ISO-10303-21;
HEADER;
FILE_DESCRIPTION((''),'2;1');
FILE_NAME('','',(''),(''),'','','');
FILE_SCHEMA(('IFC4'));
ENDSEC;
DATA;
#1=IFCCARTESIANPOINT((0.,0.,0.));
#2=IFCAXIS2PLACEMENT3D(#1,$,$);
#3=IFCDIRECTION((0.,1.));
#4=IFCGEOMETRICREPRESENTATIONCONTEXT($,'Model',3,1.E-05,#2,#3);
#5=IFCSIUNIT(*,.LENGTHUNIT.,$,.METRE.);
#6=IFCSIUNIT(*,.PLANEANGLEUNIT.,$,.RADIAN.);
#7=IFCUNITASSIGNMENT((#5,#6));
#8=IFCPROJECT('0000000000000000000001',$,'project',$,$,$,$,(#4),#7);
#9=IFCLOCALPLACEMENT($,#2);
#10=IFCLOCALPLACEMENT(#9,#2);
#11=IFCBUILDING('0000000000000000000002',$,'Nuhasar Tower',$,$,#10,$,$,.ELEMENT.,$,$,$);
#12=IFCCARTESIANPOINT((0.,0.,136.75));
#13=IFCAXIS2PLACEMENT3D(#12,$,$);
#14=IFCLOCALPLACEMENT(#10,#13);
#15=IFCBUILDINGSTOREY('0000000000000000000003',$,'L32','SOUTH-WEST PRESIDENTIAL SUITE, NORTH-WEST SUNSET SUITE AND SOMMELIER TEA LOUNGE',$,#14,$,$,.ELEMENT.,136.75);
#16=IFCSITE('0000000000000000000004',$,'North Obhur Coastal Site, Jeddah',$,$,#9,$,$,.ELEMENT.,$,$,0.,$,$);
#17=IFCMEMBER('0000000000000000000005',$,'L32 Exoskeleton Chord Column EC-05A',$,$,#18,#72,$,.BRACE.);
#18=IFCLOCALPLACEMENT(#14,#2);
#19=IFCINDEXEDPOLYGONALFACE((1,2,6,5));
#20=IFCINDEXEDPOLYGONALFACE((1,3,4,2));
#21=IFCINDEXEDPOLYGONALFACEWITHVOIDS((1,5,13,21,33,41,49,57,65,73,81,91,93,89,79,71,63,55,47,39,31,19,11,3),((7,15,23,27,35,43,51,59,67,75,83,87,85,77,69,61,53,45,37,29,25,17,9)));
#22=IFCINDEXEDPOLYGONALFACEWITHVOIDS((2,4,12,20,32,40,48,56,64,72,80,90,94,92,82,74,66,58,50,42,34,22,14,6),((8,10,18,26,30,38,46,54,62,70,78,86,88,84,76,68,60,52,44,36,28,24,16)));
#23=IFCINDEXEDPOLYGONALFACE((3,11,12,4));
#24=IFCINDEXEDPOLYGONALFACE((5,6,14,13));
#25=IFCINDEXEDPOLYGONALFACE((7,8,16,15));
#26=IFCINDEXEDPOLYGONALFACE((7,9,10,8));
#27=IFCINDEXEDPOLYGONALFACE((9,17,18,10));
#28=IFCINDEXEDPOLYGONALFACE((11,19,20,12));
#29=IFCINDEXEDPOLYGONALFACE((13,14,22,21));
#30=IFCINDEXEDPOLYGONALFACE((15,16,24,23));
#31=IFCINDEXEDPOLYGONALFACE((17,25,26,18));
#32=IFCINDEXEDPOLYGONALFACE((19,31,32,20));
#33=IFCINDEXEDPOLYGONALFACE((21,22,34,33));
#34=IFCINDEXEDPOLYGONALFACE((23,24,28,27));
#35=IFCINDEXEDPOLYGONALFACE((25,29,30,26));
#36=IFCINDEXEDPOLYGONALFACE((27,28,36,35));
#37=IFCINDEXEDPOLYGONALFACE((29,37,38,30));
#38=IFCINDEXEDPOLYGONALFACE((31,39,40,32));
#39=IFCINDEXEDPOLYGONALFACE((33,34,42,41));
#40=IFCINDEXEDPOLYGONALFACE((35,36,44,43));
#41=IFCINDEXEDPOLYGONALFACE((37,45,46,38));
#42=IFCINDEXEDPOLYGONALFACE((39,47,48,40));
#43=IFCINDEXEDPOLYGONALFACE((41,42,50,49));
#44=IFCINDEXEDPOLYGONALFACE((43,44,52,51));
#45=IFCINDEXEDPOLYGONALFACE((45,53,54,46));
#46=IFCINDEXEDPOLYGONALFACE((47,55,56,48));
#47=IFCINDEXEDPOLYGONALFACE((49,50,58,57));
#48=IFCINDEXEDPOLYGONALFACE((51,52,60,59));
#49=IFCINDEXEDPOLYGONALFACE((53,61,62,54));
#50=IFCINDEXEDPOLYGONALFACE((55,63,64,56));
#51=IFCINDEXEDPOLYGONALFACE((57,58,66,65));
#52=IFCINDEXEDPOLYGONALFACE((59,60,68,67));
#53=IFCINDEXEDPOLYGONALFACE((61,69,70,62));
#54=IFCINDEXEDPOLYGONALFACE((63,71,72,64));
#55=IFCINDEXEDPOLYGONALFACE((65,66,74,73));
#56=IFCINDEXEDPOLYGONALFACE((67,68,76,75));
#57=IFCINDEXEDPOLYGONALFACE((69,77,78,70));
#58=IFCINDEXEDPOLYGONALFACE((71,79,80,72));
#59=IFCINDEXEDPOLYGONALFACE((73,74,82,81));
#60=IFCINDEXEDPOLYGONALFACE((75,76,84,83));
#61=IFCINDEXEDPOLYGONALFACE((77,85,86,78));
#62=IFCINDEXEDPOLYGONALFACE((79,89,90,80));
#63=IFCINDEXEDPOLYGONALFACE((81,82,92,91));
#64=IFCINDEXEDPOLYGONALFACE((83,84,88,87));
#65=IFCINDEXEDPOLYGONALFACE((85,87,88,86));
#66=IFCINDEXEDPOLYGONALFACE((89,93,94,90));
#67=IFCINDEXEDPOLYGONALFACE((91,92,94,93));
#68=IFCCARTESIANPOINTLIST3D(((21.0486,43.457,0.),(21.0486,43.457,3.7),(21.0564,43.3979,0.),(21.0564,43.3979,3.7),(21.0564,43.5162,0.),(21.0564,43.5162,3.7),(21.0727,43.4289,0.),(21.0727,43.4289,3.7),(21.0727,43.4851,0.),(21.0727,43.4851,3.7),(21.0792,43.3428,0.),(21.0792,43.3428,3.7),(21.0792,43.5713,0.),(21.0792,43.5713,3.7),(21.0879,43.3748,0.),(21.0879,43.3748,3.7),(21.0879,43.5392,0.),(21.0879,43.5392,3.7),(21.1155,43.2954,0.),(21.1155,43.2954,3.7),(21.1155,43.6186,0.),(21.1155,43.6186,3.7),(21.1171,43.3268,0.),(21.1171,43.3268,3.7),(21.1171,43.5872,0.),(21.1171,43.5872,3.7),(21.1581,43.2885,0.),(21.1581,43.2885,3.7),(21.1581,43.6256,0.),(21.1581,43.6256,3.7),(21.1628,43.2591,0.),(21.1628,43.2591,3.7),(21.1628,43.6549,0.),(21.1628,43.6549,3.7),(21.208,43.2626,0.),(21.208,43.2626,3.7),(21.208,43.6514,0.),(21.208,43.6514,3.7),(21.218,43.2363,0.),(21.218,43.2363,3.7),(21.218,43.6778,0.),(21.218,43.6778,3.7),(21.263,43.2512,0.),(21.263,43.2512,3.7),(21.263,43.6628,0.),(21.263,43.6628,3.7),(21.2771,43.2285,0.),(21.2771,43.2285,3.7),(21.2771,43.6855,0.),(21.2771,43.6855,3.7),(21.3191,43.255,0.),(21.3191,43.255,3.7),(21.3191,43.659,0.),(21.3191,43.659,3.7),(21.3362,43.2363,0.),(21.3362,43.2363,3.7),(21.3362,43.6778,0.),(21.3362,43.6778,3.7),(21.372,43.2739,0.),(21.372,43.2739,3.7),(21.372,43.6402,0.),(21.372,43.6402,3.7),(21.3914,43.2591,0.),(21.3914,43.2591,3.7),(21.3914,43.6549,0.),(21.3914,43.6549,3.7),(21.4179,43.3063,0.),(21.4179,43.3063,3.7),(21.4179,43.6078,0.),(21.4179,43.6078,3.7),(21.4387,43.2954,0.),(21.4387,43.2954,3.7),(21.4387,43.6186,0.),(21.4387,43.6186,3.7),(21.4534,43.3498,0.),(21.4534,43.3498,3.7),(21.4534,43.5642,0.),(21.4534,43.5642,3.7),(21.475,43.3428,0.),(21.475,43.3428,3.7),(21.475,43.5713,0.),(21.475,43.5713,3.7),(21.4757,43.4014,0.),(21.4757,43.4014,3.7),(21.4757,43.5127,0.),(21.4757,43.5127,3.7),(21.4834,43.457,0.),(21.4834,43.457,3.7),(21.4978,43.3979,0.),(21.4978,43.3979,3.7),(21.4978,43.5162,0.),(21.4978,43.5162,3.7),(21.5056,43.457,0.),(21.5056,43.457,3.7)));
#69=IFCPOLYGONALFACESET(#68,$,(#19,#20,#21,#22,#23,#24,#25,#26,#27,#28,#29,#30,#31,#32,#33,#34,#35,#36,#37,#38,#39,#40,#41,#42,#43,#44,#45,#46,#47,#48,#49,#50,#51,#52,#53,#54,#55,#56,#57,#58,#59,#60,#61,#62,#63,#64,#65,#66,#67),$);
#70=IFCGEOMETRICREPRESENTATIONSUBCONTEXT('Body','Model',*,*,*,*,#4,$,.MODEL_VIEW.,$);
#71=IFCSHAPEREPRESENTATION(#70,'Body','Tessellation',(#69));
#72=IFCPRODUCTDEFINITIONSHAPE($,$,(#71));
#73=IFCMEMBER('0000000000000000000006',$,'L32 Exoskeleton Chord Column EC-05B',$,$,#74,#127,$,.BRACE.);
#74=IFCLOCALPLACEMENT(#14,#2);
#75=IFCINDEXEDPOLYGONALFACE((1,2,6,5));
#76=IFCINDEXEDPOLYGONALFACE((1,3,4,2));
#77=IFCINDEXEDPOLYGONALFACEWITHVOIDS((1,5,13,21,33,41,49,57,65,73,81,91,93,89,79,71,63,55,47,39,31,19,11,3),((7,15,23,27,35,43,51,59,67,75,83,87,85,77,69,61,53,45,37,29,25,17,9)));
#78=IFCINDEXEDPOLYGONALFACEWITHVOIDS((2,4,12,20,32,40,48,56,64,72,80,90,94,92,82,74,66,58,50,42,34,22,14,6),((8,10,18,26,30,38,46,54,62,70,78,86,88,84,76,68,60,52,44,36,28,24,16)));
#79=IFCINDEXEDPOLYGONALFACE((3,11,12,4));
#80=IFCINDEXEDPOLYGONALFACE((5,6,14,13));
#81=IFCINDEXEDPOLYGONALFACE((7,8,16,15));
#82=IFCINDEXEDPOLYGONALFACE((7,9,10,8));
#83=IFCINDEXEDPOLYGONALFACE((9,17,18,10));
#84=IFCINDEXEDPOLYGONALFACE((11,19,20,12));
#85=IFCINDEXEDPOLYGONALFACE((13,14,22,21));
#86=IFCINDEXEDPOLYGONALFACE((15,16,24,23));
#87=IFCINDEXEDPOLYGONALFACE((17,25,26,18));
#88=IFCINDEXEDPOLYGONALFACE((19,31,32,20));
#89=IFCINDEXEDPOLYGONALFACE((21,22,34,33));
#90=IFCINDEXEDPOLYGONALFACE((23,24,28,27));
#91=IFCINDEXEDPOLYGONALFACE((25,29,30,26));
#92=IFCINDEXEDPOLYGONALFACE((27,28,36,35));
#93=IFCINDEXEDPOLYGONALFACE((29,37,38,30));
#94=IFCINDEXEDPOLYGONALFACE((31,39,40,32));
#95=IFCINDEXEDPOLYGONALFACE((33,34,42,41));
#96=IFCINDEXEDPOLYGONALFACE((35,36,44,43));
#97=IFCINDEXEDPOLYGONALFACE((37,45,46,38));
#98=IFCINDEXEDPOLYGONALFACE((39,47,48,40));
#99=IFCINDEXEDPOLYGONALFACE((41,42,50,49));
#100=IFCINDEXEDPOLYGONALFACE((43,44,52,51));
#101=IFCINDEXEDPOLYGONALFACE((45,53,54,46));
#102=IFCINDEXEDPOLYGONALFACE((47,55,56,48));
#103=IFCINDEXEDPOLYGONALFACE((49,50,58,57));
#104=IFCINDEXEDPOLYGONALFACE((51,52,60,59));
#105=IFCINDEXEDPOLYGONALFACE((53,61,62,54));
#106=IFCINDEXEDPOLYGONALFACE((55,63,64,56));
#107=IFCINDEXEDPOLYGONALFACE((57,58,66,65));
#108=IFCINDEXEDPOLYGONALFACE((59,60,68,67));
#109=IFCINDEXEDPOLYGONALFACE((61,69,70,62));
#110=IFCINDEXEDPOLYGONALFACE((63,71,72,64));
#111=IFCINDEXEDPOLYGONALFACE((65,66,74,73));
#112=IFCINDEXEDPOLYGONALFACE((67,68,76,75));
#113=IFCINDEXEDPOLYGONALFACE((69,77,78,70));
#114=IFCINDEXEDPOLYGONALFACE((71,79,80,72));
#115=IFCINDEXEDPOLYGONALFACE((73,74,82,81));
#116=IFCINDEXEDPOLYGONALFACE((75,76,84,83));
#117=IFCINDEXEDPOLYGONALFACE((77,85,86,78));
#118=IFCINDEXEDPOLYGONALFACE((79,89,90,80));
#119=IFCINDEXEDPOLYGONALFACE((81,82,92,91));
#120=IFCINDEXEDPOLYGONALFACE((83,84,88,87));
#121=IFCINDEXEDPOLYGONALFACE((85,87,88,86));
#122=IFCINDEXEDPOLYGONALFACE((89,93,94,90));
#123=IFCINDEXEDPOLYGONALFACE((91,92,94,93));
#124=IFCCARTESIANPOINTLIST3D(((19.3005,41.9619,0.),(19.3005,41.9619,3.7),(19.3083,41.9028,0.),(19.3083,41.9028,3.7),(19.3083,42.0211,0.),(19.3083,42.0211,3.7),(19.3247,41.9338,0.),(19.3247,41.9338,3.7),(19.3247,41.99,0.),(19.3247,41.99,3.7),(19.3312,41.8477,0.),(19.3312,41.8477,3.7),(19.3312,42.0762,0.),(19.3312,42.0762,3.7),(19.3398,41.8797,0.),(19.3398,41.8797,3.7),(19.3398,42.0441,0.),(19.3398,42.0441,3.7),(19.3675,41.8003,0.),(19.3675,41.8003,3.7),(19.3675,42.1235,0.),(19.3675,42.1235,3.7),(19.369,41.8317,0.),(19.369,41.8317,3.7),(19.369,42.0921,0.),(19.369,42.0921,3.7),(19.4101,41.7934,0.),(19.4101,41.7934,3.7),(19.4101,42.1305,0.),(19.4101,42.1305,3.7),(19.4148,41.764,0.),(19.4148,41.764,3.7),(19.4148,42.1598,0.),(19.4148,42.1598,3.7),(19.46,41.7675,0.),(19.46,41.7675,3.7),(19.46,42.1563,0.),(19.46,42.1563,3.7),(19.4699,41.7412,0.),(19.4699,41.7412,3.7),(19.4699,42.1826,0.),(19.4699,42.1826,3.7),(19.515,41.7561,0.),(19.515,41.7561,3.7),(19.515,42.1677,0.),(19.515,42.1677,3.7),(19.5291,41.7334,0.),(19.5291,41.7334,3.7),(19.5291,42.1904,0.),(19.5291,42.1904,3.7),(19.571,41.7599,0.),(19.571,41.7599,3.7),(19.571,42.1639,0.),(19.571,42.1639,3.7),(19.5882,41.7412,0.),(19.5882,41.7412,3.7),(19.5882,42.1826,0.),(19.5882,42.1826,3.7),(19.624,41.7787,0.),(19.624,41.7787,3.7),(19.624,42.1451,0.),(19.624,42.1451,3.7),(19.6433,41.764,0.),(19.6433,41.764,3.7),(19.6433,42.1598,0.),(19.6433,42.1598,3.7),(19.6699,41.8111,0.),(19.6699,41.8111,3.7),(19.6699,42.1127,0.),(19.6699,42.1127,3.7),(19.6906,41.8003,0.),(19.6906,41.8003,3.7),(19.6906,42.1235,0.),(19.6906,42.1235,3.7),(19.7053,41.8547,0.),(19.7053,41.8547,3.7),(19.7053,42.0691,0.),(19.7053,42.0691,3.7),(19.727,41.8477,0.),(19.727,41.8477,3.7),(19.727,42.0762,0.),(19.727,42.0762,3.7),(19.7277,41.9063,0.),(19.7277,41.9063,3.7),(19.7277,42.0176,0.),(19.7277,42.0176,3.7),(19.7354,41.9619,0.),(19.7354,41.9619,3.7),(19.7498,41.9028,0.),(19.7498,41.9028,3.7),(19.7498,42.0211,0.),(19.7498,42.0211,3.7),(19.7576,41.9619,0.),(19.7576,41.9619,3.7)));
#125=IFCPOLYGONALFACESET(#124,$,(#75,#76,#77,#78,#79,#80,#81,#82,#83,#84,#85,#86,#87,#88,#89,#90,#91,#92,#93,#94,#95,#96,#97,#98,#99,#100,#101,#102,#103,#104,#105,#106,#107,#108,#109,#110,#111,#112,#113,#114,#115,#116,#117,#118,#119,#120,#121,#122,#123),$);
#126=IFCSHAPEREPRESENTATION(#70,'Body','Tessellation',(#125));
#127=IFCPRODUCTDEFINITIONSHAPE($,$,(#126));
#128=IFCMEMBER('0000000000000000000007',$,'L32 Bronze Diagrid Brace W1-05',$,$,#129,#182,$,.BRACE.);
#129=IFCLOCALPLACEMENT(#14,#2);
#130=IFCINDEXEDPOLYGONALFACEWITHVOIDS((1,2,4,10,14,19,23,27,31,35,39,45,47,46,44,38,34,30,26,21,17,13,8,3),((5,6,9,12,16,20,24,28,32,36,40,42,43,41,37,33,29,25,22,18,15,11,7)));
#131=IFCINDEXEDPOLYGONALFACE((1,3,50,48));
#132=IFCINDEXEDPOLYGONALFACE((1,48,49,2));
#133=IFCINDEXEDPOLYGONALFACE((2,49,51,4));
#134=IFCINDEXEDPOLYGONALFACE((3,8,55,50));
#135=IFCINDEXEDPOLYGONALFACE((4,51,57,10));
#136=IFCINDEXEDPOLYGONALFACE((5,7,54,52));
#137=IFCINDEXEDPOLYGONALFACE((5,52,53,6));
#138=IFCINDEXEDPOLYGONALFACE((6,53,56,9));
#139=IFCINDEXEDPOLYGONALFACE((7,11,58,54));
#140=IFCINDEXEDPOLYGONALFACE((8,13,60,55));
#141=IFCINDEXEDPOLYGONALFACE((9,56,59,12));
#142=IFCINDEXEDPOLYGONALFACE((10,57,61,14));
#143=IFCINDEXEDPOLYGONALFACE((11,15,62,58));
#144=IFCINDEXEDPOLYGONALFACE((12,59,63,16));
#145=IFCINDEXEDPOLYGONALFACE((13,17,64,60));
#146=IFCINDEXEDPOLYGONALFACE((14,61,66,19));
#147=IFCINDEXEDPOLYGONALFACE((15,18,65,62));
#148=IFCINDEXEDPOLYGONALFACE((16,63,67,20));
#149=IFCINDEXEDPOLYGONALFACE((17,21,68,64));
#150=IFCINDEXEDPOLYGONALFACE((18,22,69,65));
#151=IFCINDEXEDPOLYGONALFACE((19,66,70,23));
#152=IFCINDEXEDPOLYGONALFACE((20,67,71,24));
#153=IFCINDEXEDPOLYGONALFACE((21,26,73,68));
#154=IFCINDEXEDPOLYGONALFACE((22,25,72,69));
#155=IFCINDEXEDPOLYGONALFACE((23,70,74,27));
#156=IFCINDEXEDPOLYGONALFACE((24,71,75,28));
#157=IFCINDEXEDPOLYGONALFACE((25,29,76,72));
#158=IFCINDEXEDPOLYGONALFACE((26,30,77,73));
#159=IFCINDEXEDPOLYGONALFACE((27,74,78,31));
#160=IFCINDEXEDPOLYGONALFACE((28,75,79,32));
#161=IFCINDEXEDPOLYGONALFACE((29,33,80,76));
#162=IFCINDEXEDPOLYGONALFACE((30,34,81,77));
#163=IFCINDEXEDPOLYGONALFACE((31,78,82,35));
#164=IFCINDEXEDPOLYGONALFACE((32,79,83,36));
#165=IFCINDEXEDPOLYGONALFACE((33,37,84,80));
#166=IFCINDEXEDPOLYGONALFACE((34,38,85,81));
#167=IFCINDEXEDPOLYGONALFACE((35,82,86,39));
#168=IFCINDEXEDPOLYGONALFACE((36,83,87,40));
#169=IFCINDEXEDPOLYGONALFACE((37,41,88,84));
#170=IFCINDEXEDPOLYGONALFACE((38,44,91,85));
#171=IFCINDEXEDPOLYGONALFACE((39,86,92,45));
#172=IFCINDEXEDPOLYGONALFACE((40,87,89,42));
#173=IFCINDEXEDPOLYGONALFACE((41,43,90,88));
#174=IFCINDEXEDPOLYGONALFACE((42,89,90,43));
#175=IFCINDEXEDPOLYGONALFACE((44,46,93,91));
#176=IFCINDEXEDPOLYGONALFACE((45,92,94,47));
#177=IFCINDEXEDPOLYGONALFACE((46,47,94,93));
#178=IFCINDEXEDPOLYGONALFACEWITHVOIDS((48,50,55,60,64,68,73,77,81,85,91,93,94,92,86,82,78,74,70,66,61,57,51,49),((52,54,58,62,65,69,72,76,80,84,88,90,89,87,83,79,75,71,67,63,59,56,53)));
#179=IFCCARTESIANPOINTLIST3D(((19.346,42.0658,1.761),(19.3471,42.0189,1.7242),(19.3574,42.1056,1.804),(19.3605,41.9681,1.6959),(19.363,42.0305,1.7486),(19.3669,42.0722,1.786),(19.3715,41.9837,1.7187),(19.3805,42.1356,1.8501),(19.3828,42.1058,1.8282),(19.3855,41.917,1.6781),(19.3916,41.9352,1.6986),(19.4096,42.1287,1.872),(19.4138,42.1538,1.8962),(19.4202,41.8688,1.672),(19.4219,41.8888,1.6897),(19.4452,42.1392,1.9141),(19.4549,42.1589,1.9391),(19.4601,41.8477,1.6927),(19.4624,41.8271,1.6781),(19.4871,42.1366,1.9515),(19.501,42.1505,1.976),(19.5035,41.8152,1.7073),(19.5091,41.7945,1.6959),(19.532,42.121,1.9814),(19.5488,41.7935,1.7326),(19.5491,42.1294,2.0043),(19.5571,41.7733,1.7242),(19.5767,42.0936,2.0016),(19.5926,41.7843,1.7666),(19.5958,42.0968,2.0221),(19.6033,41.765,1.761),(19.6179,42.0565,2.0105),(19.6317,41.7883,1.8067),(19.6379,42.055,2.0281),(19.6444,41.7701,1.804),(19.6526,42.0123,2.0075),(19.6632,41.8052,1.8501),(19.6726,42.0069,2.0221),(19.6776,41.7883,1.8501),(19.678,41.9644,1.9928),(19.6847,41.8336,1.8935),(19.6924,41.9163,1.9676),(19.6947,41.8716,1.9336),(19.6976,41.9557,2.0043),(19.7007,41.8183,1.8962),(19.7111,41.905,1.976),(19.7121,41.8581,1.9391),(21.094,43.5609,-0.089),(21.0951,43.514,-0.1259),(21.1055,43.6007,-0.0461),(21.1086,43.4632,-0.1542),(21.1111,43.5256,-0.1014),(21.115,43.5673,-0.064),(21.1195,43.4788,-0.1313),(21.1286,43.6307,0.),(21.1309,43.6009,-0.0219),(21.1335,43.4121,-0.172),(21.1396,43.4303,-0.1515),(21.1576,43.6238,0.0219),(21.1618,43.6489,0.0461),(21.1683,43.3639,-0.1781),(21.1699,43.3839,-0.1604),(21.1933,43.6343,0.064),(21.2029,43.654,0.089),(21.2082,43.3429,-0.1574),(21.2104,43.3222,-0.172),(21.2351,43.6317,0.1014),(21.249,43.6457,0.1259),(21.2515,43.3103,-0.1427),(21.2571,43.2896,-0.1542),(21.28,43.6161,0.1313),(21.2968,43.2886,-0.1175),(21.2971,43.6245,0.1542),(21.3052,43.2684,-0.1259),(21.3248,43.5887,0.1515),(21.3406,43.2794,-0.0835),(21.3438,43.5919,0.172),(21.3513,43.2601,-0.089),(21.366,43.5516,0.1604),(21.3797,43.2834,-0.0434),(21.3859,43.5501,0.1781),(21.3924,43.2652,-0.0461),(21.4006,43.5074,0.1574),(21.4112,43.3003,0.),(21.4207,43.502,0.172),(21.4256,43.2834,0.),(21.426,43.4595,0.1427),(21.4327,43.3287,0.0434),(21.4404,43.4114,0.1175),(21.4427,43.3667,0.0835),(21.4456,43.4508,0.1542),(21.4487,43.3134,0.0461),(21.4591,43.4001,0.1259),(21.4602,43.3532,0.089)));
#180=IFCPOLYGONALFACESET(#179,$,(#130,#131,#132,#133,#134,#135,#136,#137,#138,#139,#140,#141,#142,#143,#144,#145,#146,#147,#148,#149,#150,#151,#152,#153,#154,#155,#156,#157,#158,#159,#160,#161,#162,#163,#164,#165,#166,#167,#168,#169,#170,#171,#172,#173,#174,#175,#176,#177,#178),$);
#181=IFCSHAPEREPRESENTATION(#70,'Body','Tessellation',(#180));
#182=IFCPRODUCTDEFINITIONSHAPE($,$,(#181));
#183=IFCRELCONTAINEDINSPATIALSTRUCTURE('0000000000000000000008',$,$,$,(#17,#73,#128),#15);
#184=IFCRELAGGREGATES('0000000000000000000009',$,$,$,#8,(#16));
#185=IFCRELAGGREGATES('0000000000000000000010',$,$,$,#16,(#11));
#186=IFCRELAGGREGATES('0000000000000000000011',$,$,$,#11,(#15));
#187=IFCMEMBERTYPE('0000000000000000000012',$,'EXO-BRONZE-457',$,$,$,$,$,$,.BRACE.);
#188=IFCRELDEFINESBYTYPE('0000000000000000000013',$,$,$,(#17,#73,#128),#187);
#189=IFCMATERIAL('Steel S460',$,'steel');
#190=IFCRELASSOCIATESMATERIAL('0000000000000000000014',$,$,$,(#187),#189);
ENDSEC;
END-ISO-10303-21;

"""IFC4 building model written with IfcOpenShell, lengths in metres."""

from ifc_helpers import new_model, si_unit, direction, frame, origin, origin_2d, place, context, subcontext, project, spatial, hollow_circle, extrude, material, material_profile, profile_set, type_object, element, save


model = new_model("IFC4")

# Units and contexts
model_context = context("Model", 3, precision=1e-05, world=origin(), true_north=direction((0.0, 1.0)))
body_context = subcontext(model_context, "Body", "Model", "MODEL_VIEW")
ifc_project = project(units=[si_unit("LENGTHUNIT", "METRE"), si_unit("PLANEANGLEUNIT", "RADIAN")], contexts=[model_context])

# Site, building, storey
site_placement = place(None, origin())
site = spatial("IfcSite", under=ifc_project, at=site_placement, Name="North Obhur Coastal Site, Jeddah", CompositionType="ELEMENT", RefElevation=0.0)
building_placement = place(site_placement, origin())
building = spatial("IfcBuilding", under=site, at=building_placement, Name="Nuhasar Tower", CompositionType="ELEMENT")
storey_placement = place(building_placement, frame((0.0, 0.0, 136.75)))
storey = spatial("IfcBuildingStorey", under=building, at=storey_placement, Name="L32", Description="SOUTH-WEST PRESIDENTIAL SUITE, NORTH-WEST SUNSET SUITE AND SOMMELIER TEA LOUNGE", CompositionType="ELEMENT", Elevation=136.75)

# Members
ifc_material_1 = material(Name="Steel S460", Category="steel")
ifc_material_profile_1 = material_profile(ifc_material_1, hollow_circle(Radius=0.2285, WallThickness=0.0222, at=origin_2d()), Name="HSS457X22.2")
ifc_profile_set_1 = profile_set([ifc_material_profile_1], Name="Steel S460")
member_type_1 = type_object("IfcMemberType", Name="EXO-BRONZE-457", PredefinedType="BRACE", material=ifc_profile_set_1)
for number, where, z_axis, x_axis, name in (
    (1, (21.2771, 43.457, 0.0), (0.0, 0.0, 1.0), (1.0, 0.0, 0.0), "L32 Exoskeleton Chord Column EC-05A"),
    (2, (19.5291, 41.9619, 0.0), (0.0, 0.0, 1.0), (1.0, 0.0, 0.0), "L32 Exoskeleton Chord Column EC-05B"),
):
    element("IfcMember", number, at=place(storey_placement, frame(where, z_axis=z_axis, x_axis=x_axis)), inside=storey, type_object=member_type_1, Name=name, PredefinedType="BRACE", context=body_context, shape_type="SweptSolid", body=[
        extrude(hollow_circle(Radius=0.2285, WallThickness=0.0222, at=origin_2d()), origin(), (0.0, 0.0, 1.0), 3.7),
    ])
member_1_placement = place(storey_placement, frame((21.2771, 43.457, 0.0), z_axis=(-0.59217, -0.506488, 0.626741), x_axis=(0.649987, -0.759945, 0.0)))
element("IfcMember", 3, at=member_1_placement, inside=storey, type_object=member_type_1, Name="L32 Bronze Diagrid Brace W1-05", PredefinedType="BRACE", context=body_context, shape_type="SweptSolid", body=[
    extrude(hollow_circle(Radius=0.2285, WallThickness=0.0222, at=origin_2d()), origin(), (0.0, 0.0, 1.0), 2.9519),
])

save(model, "model.ifc")
